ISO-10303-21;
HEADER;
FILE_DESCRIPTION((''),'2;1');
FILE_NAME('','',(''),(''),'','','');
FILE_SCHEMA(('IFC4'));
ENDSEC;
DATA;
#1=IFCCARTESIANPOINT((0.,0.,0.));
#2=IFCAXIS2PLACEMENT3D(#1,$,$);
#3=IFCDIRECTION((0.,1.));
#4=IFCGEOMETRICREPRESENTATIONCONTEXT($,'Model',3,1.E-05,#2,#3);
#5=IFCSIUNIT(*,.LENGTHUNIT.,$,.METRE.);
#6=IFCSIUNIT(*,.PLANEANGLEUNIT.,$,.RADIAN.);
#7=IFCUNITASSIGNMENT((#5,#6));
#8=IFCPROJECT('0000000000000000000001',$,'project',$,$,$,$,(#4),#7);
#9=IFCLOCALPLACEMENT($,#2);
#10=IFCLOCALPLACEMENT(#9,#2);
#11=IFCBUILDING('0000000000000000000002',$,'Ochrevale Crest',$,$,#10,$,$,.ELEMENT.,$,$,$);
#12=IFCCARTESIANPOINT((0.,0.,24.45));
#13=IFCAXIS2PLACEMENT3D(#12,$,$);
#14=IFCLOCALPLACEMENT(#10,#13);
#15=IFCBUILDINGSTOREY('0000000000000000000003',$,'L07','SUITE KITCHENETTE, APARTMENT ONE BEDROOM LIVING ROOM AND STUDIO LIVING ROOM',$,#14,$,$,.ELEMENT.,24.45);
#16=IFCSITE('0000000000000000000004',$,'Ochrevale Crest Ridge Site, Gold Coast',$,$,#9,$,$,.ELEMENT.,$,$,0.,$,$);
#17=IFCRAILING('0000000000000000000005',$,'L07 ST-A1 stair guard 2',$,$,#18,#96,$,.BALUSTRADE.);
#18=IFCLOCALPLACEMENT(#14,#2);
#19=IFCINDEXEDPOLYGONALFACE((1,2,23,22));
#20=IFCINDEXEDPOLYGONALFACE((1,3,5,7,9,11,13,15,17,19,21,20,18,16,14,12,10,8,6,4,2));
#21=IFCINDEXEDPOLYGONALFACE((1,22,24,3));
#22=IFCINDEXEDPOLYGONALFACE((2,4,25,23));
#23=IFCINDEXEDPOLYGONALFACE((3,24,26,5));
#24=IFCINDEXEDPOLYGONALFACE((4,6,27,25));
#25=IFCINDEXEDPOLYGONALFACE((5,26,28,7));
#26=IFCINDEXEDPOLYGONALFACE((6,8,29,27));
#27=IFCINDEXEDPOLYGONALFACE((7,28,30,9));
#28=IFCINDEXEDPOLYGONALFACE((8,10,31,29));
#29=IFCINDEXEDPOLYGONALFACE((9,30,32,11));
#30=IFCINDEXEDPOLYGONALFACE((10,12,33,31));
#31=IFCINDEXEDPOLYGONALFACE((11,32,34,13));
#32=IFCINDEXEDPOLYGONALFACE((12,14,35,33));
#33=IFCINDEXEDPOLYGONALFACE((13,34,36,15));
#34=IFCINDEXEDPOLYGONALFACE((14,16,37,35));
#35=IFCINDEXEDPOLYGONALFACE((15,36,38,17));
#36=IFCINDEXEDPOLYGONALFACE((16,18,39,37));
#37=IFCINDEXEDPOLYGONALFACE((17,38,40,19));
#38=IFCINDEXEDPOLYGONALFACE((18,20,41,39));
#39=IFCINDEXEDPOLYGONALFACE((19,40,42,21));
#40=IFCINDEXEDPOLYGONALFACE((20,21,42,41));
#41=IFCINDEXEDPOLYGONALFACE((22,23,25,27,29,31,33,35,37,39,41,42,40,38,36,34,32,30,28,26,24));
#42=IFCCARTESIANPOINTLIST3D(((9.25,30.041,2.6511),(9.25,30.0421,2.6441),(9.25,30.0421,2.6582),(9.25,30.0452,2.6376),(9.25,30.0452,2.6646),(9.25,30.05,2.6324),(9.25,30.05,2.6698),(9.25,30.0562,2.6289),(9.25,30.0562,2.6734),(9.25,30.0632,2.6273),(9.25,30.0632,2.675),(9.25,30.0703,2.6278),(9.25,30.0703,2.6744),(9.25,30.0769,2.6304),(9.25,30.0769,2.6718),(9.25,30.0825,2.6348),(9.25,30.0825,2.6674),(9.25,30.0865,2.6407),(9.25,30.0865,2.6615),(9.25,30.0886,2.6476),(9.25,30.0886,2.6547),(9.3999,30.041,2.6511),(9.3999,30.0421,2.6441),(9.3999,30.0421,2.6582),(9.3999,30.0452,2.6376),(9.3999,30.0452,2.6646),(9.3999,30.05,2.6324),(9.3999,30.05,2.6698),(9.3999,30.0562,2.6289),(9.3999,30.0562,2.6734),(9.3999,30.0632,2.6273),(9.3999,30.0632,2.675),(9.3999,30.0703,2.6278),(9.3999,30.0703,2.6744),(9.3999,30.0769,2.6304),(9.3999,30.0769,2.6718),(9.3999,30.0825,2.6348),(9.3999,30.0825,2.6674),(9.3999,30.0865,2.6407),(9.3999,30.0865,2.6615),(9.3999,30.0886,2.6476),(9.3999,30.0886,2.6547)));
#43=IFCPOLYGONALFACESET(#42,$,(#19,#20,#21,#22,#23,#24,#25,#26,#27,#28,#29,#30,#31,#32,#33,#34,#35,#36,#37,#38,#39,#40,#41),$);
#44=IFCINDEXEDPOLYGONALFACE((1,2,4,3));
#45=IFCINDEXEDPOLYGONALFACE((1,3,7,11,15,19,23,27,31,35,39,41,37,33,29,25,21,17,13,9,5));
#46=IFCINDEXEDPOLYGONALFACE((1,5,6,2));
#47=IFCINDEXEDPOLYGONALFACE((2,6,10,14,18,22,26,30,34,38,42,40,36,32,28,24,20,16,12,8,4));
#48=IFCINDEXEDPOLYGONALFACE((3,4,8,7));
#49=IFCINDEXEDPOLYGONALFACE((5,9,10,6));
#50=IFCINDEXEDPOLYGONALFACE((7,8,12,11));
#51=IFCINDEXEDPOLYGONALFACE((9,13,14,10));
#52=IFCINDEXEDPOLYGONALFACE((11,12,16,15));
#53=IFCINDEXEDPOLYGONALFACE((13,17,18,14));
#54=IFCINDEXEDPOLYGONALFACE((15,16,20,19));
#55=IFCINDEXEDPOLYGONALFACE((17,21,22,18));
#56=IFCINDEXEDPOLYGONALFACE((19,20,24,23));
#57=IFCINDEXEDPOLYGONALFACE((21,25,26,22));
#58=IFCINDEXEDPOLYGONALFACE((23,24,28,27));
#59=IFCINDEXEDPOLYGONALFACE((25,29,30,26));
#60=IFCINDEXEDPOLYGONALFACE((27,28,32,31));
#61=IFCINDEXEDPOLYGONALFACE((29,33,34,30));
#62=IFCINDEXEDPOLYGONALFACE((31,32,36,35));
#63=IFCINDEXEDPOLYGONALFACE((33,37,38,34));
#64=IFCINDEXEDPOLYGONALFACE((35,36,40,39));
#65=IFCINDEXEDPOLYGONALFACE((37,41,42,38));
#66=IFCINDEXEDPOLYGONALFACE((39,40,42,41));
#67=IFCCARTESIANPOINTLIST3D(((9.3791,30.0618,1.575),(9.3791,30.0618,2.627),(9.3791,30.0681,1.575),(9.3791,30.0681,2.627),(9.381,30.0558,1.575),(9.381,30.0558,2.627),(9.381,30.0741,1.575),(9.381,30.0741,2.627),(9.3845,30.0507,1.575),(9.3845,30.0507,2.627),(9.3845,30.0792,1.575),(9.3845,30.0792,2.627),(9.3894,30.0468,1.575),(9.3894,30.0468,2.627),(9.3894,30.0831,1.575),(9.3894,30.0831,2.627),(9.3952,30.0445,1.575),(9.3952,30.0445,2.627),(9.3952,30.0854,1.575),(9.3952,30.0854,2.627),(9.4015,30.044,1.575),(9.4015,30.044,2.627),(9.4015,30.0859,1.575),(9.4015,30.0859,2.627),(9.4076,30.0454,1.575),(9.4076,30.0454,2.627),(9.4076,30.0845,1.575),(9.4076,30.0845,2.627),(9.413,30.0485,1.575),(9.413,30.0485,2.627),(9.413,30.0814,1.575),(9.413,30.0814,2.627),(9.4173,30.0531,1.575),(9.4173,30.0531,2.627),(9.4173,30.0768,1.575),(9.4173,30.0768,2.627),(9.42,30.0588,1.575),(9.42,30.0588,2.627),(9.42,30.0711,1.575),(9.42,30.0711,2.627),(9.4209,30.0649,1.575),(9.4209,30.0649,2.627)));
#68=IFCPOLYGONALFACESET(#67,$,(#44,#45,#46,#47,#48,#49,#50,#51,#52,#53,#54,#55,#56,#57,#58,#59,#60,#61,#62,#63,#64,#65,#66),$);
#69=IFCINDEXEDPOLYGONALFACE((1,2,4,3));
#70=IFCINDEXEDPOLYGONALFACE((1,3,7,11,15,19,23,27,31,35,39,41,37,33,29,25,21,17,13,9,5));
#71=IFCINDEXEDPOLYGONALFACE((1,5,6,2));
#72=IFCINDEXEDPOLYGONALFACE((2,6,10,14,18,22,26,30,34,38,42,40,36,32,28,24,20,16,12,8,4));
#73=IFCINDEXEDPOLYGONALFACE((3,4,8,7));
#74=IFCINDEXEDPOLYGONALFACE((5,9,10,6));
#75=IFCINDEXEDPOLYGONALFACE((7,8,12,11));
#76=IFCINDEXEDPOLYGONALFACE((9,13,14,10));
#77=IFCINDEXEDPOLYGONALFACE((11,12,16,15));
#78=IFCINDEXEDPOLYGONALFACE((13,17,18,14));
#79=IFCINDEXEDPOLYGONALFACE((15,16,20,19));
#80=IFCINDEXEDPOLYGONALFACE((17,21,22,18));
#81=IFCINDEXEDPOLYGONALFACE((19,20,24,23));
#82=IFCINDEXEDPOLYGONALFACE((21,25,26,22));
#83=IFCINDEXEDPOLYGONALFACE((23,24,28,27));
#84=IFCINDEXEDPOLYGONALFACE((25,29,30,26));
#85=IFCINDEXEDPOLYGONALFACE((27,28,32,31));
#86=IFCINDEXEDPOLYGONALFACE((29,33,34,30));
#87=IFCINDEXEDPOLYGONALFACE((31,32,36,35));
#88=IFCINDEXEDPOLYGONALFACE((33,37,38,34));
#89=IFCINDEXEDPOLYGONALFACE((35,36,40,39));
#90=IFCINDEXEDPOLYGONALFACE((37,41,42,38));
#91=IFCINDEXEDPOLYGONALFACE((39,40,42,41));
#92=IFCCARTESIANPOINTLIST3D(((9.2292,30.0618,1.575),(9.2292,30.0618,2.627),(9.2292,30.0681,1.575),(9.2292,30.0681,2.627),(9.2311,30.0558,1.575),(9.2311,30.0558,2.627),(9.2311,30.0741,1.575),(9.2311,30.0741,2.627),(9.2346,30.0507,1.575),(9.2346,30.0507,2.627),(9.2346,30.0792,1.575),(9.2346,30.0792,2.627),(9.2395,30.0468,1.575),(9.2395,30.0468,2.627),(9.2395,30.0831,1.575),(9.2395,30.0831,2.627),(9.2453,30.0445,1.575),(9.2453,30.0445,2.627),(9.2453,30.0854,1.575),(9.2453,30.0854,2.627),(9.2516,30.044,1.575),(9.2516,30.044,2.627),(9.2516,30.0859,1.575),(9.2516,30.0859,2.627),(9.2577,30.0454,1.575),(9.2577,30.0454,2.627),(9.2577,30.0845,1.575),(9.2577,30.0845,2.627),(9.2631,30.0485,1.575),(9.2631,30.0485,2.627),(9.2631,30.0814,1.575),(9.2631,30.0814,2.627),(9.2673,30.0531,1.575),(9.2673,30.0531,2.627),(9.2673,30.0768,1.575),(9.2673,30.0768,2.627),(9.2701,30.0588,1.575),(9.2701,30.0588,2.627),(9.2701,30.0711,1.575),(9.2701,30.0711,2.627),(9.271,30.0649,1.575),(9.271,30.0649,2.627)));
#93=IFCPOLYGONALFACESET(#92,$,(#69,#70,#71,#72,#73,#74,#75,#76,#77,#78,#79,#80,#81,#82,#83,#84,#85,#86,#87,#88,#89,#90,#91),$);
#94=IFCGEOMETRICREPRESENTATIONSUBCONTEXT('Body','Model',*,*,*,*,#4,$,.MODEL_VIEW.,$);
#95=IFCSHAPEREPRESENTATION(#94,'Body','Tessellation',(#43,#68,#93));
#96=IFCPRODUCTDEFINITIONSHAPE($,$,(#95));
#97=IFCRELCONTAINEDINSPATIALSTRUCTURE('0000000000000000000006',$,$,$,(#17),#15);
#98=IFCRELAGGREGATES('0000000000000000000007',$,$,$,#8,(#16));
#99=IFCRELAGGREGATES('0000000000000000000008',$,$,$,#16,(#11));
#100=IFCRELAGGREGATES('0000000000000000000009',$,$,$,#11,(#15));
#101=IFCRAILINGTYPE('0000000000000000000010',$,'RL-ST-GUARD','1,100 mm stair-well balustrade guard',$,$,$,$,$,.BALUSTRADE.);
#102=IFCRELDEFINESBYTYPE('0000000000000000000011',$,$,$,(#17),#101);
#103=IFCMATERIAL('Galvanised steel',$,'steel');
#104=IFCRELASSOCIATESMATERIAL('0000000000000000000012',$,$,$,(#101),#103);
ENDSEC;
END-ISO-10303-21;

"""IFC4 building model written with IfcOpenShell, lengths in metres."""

from ifc_helpers import new_model, si_unit, direction, frame, origin, origin_2d, place, context, subcontext, project, spatial, circle, extrude, material, type_object, element, save


model = new_model("IFC4")

# Units and contexts
model_context = context("Model", 3, precision=1e-05, world=origin(), true_north=direction((0.0, 1.0)))
body_context = subcontext(model_context, "Body", "Model", "MODEL_VIEW")
ifc_project = project(units=[si_unit("LENGTHUNIT", "METRE"), si_unit("PLANEANGLEUNIT", "RADIAN")], contexts=[model_context])

# Site, building, storey
site_placement = place(None, origin())
site = spatial("IfcSite", under=ifc_project, at=site_placement, Name="Ochrevale Crest Ridge Site, Gold Coast", CompositionType="ELEMENT", RefElevation=0.0)
building_placement = place(site_placement, origin())
building = spatial("IfcBuilding", under=site, at=building_placement, Name="Ochrevale Crest", CompositionType="ELEMENT")
storey_placement = place(building_placement, frame((0.0, 0.0, 24.45)))
storey = spatial("IfcBuildingStorey", under=building, at=storey_placement, Name="L07", Description="SUITE KITCHENETTE, APARTMENT ONE BEDROOM LIVING ROOM AND STUDIO LIVING ROOM", CompositionType="ELEMENT", Elevation=24.45)

# Railing
ifc_material_1 = material(Name="Galvanised steel", Category="steel")
railing_type_1 = type_object("IfcRailingType", Name="RL-ST-GUARD", Description="1,100 mm stair-well balustrade guard", PredefinedType="BALUSTRADE", material=ifc_material_1)
railing_1_placement = place(storey_placement, frame((9.3999, 30.0649, 1.575)))
element("IfcRailing", 1, at=railing_1_placement, inside=storey, type_object=railing_type_1, Name="L07 ST-A1 stair guard 2", PredefinedType="BALUSTRADE", context=body_context, shape_type="SweptSolid", body=[
    extrude(circle(Radius=0.0239, at=origin_2d()), frame((0.0, 0.0, 1.0762), z_axis=(-1.0, 0.0, 0.0), x_axis=(0.0, -1.0, 0.0)), (0.0, 0.0, 1.0), 0.1499),
    extrude(circle(Radius=0.021, at=origin_2d()), origin(), (0.0, 0.0, 1.0), 1.052),
    extrude(circle(Radius=0.021, at=origin_2d()), frame((-0.1499, 0.0, 0.0)), (0.0, 0.0, 1.0), 1.052),
])

save(model, "model.ifc")
